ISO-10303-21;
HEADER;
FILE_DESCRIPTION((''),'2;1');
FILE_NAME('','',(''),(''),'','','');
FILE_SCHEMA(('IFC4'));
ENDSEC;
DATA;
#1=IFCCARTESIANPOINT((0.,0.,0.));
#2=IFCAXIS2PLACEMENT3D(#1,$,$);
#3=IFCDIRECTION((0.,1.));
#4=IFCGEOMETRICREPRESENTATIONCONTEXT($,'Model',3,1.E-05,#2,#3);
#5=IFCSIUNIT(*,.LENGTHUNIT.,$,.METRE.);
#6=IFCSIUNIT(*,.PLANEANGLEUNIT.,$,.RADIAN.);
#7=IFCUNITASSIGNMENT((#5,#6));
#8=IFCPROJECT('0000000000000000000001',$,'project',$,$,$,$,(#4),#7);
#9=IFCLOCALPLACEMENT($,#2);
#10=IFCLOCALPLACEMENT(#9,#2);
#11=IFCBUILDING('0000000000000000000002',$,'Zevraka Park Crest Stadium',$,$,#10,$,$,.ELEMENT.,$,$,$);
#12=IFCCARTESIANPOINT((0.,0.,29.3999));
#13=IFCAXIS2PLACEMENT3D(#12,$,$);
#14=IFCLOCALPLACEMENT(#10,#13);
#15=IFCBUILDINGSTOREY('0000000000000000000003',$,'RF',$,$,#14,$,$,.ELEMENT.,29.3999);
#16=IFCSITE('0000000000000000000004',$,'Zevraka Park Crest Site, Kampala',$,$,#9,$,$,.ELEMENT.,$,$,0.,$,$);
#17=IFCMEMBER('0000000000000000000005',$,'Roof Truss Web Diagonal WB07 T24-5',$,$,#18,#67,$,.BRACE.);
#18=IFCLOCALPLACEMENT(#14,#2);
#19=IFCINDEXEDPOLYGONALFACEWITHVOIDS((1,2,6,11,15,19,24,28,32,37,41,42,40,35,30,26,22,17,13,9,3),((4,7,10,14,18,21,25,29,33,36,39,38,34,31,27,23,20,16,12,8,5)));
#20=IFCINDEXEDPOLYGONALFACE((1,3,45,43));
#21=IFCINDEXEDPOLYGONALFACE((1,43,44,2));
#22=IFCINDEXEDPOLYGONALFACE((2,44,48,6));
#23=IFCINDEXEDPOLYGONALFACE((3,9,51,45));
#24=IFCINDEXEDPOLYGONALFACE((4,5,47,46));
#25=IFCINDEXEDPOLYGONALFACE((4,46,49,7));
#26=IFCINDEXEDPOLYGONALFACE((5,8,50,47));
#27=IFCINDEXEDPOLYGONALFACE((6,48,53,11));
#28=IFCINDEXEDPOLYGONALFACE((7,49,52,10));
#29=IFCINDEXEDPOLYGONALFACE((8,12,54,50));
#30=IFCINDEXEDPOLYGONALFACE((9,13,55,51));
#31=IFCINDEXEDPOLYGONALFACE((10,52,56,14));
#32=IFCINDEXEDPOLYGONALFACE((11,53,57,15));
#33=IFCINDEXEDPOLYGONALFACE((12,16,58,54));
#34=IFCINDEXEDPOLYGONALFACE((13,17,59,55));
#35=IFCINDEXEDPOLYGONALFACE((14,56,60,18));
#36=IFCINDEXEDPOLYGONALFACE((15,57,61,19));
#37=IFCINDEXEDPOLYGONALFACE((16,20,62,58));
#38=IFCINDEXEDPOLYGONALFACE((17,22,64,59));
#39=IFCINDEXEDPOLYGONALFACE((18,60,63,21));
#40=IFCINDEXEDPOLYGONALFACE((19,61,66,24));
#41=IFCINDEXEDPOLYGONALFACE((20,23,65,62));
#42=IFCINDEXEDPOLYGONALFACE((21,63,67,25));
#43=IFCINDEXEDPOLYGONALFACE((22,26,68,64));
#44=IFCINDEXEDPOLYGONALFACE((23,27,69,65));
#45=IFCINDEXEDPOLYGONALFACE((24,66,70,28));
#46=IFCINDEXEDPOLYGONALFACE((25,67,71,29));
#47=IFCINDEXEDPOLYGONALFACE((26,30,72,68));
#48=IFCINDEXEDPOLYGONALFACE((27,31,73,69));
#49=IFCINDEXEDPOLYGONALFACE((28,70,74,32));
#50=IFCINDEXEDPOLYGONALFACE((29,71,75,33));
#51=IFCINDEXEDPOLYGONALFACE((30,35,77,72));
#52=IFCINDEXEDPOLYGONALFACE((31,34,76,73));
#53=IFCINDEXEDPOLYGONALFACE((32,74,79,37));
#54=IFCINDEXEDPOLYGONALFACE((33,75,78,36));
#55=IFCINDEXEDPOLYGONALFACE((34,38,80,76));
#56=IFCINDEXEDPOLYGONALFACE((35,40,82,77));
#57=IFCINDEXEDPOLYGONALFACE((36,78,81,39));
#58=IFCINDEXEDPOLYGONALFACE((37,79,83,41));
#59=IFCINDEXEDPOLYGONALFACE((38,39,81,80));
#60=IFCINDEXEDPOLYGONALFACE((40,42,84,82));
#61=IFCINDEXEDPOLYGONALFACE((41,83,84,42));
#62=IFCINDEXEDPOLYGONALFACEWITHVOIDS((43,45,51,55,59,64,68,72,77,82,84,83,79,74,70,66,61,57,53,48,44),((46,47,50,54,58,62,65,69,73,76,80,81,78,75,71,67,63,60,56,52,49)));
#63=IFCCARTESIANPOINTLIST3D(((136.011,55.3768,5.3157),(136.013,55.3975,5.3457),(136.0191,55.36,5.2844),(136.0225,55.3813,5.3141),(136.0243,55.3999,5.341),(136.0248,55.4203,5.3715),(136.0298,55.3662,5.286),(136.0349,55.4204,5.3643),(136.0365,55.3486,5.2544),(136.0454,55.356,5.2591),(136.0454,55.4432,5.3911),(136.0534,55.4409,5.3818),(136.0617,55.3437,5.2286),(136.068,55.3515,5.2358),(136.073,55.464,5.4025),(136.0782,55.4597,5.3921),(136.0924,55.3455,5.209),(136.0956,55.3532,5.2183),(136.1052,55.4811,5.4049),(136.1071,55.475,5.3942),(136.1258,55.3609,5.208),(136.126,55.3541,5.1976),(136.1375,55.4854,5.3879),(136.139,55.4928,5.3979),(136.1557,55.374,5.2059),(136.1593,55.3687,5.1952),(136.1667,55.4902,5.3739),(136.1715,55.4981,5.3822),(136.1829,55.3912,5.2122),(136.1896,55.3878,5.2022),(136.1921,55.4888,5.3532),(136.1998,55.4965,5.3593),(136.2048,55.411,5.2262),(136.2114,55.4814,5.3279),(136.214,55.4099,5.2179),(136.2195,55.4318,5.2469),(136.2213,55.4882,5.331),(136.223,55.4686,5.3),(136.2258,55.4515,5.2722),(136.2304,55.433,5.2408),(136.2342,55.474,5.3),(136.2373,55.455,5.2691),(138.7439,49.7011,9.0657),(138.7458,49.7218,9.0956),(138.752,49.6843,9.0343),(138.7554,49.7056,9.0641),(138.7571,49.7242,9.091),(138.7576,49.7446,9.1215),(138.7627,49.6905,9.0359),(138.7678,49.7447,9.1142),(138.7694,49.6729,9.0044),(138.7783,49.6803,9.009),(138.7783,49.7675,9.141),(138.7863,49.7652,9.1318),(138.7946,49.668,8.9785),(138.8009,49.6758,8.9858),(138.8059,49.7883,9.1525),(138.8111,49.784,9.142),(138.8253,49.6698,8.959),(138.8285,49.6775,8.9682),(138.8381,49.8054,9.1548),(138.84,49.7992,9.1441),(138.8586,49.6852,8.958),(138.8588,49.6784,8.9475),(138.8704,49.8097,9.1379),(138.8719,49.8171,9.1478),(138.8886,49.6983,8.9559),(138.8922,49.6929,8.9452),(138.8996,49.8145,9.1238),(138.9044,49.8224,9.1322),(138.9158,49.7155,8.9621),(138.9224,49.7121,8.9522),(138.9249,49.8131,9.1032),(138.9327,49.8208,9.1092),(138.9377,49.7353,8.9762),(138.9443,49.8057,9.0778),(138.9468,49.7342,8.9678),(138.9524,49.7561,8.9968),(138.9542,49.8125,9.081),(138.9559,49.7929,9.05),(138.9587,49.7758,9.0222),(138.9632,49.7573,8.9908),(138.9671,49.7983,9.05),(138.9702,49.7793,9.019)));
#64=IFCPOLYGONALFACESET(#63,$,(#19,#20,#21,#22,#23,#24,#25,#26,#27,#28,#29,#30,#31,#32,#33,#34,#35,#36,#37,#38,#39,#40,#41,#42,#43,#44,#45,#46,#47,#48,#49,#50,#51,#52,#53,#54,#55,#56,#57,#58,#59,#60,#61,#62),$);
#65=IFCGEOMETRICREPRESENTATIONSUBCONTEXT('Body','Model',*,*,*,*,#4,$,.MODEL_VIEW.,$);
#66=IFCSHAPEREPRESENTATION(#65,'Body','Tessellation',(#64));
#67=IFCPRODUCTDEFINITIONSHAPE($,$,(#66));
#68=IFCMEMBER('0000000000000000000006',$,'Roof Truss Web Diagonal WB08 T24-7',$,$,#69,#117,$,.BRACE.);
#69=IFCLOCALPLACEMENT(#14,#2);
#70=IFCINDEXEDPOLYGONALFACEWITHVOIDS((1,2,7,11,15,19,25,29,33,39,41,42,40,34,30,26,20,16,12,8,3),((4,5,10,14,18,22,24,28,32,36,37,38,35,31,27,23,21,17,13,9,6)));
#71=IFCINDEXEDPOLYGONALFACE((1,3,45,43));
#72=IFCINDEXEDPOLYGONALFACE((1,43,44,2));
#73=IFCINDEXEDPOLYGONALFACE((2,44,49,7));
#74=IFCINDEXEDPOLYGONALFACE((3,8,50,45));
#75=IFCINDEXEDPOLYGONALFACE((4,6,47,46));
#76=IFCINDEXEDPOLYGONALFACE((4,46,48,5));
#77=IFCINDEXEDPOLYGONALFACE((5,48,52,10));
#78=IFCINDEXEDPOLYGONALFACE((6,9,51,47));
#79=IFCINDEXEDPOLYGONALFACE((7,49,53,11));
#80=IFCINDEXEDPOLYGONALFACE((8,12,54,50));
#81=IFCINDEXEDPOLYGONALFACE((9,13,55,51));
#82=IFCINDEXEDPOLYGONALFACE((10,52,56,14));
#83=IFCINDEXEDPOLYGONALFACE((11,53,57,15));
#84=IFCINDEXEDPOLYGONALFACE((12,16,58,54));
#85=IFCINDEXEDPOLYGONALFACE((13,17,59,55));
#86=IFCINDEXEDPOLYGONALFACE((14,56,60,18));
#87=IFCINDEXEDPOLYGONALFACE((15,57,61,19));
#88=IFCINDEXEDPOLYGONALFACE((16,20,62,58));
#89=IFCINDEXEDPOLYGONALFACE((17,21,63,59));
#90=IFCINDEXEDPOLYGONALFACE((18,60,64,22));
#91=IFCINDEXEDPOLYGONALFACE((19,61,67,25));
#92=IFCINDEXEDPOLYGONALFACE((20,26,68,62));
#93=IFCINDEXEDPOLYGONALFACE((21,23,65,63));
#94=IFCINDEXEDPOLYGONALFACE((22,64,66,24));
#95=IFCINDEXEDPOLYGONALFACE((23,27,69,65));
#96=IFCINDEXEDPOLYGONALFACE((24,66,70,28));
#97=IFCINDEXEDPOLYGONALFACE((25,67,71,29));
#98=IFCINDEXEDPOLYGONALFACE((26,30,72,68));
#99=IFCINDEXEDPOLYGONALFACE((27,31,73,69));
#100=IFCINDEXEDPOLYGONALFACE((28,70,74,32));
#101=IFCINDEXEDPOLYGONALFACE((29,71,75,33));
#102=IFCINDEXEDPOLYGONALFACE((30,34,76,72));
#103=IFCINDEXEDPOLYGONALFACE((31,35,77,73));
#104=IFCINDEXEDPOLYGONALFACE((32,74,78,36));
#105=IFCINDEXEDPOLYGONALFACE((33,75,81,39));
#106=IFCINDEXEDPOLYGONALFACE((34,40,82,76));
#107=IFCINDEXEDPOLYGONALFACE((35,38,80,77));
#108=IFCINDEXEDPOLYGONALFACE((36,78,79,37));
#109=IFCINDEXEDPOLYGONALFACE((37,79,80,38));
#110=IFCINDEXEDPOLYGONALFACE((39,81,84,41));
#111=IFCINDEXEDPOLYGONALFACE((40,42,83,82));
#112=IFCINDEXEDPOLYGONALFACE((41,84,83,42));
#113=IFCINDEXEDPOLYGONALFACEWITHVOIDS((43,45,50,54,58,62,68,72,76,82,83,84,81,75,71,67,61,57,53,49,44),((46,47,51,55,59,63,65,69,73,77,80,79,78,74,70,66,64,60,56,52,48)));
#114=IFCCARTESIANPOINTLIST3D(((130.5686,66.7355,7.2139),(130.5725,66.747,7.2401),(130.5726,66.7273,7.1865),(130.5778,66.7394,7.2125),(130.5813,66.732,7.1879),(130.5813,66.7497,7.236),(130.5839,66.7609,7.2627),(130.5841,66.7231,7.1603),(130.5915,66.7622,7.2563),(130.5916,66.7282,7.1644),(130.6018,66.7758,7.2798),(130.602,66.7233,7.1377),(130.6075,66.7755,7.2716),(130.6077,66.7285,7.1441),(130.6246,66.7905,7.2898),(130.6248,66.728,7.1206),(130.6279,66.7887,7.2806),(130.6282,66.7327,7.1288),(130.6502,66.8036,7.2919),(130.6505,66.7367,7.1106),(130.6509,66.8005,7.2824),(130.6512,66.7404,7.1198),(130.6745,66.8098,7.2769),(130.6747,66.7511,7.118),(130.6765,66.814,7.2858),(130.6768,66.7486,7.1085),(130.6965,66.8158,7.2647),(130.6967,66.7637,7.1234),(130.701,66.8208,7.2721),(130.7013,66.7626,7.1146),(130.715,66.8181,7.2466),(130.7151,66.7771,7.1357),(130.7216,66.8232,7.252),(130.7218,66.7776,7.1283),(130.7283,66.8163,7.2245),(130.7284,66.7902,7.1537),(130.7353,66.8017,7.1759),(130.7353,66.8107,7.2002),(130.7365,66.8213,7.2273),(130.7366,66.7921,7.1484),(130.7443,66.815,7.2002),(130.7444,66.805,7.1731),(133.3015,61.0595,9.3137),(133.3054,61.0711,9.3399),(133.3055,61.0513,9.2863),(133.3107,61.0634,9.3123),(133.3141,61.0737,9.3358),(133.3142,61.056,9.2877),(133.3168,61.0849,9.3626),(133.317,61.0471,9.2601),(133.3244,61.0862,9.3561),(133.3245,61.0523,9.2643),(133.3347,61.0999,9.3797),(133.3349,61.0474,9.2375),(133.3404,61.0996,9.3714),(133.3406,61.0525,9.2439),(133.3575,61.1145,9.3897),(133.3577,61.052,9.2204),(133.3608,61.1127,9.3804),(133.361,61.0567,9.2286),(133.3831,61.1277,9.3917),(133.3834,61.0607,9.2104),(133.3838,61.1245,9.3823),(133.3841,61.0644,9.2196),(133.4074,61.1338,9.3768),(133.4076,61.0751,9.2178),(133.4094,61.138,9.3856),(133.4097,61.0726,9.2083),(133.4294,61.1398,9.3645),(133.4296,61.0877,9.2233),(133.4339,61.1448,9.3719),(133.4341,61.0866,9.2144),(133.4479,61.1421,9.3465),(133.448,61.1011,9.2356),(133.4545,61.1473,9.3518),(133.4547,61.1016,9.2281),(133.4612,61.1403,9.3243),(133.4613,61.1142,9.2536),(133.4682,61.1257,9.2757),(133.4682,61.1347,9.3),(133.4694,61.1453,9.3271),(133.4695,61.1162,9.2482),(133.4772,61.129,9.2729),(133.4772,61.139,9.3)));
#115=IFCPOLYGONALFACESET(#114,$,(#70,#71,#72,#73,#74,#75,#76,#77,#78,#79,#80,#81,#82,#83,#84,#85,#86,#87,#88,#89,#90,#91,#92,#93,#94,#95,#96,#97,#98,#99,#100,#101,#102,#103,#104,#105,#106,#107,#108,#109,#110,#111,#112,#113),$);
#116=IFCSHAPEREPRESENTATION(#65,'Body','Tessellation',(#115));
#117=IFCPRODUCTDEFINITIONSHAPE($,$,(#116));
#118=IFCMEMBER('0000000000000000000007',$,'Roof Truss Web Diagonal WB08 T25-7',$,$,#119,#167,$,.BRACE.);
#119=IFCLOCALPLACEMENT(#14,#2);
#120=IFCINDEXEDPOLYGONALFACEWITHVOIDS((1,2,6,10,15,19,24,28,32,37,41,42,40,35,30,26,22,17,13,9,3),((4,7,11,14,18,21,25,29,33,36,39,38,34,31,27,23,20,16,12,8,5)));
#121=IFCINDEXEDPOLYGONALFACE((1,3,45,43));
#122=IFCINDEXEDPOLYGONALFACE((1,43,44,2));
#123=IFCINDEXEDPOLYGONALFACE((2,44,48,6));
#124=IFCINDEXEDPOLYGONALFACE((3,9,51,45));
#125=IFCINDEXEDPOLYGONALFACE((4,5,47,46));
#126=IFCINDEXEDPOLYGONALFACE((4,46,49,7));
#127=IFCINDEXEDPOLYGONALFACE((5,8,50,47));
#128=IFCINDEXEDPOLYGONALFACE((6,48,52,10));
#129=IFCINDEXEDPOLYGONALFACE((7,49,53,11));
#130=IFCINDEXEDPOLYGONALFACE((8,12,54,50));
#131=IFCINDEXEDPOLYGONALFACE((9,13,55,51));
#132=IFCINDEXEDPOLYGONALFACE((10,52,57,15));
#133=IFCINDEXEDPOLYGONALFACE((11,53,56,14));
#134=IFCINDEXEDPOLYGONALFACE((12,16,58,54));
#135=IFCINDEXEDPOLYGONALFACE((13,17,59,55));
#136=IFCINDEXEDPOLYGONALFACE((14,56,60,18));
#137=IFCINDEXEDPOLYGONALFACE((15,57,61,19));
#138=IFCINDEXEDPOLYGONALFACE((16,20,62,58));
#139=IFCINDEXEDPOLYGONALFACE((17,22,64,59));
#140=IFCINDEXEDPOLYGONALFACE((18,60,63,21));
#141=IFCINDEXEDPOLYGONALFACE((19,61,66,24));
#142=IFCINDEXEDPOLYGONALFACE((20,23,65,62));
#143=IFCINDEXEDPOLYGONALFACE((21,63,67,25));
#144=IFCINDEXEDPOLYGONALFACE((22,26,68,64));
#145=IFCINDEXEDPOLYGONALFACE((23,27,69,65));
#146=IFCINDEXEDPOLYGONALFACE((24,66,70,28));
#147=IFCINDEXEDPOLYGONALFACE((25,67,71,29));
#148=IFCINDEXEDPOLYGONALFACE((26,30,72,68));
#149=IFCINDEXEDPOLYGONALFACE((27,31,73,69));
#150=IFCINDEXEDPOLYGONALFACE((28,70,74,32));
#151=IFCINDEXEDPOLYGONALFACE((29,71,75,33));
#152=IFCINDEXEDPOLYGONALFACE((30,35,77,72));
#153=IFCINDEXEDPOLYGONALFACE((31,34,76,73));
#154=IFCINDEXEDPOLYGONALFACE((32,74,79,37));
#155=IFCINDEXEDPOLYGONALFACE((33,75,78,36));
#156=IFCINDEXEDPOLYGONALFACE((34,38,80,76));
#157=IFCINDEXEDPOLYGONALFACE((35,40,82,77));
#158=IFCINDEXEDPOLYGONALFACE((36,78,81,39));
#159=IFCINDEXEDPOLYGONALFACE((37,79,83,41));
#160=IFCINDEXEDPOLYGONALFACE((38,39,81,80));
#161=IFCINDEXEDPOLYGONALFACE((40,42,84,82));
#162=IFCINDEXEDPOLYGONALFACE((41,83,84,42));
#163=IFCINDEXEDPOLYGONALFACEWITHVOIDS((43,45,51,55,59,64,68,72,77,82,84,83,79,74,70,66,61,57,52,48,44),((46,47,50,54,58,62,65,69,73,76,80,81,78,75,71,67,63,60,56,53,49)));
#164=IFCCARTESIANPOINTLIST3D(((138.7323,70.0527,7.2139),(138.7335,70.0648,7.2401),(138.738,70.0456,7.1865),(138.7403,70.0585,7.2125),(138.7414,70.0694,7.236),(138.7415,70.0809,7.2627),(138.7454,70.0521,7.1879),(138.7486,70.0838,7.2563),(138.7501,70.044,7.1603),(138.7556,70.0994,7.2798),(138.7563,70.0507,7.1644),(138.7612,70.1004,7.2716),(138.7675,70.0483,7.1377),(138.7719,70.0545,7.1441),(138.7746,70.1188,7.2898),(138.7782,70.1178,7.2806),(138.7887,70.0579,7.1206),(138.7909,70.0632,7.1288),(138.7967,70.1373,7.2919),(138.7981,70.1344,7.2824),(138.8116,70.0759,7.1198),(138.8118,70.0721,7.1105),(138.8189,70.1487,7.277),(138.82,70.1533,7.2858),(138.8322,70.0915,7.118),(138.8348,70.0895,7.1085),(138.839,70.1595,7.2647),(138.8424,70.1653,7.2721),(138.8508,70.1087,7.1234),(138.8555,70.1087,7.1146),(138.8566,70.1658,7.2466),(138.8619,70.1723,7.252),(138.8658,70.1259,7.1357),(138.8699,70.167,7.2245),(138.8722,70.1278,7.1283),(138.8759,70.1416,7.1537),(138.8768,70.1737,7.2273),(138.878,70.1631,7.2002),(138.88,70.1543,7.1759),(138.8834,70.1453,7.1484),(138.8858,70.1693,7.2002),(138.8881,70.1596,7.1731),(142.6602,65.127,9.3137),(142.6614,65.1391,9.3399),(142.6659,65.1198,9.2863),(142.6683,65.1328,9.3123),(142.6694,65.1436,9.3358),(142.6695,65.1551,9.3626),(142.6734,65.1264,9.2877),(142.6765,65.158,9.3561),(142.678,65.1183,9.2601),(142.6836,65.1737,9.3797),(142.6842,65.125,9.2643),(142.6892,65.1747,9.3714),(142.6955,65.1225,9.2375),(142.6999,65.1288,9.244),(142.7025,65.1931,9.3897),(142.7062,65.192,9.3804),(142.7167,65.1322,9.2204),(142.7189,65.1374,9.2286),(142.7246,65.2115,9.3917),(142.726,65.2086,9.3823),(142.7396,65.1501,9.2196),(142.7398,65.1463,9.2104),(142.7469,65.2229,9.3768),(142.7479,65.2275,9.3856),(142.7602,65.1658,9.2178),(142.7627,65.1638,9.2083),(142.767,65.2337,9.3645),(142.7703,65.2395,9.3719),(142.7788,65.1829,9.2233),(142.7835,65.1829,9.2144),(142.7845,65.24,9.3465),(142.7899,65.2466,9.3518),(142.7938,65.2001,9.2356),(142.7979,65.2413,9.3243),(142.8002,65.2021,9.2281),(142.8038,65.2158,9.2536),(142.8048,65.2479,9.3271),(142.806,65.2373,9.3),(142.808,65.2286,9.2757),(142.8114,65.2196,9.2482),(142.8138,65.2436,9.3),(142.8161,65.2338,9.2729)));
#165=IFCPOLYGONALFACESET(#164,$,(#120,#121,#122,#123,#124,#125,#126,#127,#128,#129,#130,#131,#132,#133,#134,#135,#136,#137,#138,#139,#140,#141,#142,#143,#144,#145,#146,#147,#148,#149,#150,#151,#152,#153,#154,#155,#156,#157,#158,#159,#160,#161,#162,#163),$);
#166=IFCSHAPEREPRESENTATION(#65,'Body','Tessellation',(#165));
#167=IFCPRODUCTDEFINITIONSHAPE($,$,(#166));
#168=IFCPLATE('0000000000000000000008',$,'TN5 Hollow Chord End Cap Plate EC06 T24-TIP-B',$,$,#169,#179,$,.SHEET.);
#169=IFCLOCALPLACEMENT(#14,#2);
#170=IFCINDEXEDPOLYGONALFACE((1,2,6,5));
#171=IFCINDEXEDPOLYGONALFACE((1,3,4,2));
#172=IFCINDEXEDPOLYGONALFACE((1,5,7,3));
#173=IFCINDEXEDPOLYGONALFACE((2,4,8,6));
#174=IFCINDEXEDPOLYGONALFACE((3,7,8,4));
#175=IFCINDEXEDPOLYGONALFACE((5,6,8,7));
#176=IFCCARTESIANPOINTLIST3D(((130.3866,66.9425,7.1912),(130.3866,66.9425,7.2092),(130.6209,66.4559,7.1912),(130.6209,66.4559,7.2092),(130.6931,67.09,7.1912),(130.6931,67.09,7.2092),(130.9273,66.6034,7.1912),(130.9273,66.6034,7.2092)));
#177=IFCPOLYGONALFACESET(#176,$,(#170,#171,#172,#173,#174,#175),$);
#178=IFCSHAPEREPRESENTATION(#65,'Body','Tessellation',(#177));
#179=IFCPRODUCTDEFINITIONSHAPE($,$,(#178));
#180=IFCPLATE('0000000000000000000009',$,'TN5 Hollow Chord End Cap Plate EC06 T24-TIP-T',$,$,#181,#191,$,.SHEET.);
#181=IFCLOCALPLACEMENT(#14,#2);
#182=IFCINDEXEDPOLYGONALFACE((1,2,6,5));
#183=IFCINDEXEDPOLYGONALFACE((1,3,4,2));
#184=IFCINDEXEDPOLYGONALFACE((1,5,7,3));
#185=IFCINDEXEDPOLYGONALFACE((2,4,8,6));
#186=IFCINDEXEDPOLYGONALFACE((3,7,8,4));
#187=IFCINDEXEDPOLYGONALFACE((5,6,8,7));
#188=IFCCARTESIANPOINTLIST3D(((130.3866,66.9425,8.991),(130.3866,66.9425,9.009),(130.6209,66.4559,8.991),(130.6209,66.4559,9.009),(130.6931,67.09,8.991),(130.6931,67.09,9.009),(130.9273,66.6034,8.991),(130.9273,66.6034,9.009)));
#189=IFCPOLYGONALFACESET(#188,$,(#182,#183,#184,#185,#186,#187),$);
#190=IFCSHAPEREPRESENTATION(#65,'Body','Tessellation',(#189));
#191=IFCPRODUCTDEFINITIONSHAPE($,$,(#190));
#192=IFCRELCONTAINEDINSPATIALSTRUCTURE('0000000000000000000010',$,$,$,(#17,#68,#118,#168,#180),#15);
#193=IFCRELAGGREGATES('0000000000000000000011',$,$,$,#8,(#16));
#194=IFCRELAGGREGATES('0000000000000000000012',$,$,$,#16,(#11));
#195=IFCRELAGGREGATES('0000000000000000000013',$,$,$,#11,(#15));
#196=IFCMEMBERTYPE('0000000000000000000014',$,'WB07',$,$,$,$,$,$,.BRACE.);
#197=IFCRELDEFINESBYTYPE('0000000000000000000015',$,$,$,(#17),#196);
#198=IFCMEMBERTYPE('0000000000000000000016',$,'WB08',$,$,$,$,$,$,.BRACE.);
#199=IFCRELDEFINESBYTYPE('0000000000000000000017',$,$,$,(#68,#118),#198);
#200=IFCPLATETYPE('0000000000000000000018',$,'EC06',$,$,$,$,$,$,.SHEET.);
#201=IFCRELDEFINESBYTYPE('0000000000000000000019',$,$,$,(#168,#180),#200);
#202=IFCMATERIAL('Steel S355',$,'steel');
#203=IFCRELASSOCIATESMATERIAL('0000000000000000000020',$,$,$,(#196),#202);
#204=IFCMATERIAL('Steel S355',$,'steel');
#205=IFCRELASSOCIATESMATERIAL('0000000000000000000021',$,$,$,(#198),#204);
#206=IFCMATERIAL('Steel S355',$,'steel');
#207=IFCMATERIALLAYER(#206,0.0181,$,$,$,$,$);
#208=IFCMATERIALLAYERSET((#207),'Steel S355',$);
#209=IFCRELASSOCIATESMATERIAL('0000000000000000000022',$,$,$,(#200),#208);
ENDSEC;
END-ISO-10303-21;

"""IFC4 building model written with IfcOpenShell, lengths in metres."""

from ifc_helpers import new_model, si_unit, direction, frame, origin, origin_2d, place, context, subcontext, project, spatial, rectangle, hollow_circle, extrude, material, layer, layer_set, material_profile, profile_set, type_object, element, save


model = new_model("IFC4")

# Units and contexts
model_context = context("Model", 3, precision=1e-05, world=origin(), true_north=direction((0.0, 1.0)))
body_context = subcontext(model_context, "Body", "Model", "MODEL_VIEW")
ifc_project = project(units=[si_unit("LENGTHUNIT", "METRE"), si_unit("PLANEANGLEUNIT", "RADIAN")], contexts=[model_context])

# Site, building, storey
site_placement = place(None, origin())
site = spatial("IfcSite", under=ifc_project, at=site_placement, Name="Zevraka Park Crest Site, Kampala", CompositionType="ELEMENT", RefElevation=0.0)
building_placement = place(site_placement, origin())
building = spatial("IfcBuilding", under=site, at=building_placement, Name="Zevraka Park Crest Stadium", CompositionType="ELEMENT")
storey_placement = place(building_placement, frame((0.0, 0.0, 29.3999)))
storey = spatial("IfcBuildingStorey", under=building, at=storey_placement, Name="RF", CompositionType="ELEMENT", Elevation=29.3999)

# Members
ifc_material_1 = material(Name="Steel S355", Category="steel")
ifc_material_profile_1 = material_profile(ifc_material_1, hollow_circle(Radius=0.1223, WallThickness=0.0125, at=origin_2d()), Name="CHS 244.5x12.5")
ifc_profile_set_1 = profile_set([ifc_material_profile_1], Name="Steel S355")
member_type_1 = type_object("IfcMemberType", Name="WB07", PredefinedType="BRACE", material=ifc_profile_set_1)
member_1_placement = place(storey_placement, frame((136.124, 55.4209, 5.3), z_axis=(0.37278, -0.7742, 0.511516), x_axis=(0.900994, 0.433832, 0.0)))
element("IfcMember", 1, at=member_1_placement, inside=storey, type_object=member_type_1, Name="Roof Truss Web Diagonal WB07 T24-5", PredefinedType="BRACE", context=body_context, shape_type="SweptSolid", body=[
    extrude(hollow_circle(Radius=0.1223, WallThickness=0.0125, at=origin_2d()), origin(), (0.0, 0.0, 1.0), 7.3311),
])
ifc_material_2 = material(Name="Steel S355", Category="steel")
ifc_material_profile_2 = material_profile(ifc_material_2, hollow_circle(Radius=0.0969, WallThickness=0.01, at=origin_2d()), Name="CHS 193.7x10")
ifc_profile_set_2 = profile_set([ifc_material_profile_2], Name="Steel S355")
member_type_2 = type_object("IfcMemberType", Name="WB08", PredefinedType="BRACE", material=ifc_profile_set_2)
member_2_placement = place(storey_placement, frame((130.657, 66.7729, 7.2002), z_axis=(0.411556, -0.854766, 0.316222), x_axis=(0.901001, 0.433817, 0.0)))
element("IfcMember", 2, at=member_2_placement, inside=storey, type_object=member_type_2, Name="Roof Truss Web Diagonal WB08 T24-7", PredefinedType="BRACE", context=body_context, shape_type="SweptSolid", body=[
    extrude(hollow_circle(Radius=0.0969, WallThickness=0.01, at=origin_2d()), origin(), (0.0, 0.0, 1.0), 6.6404),
])
member_3_placement = place(storey_placement, frame((138.8101, 70.1089, 7.2002), z_axis=(0.591482, -0.741733, 0.3162), x_axis=(0.781847, 0.62347, 0.0)))
element("IfcMember", 3, at=member_3_placement, inside=storey, type_object=member_type_2, Name="Roof Truss Web Diagonal WB08 T25-7", PredefinedType="BRACE", context=body_context, shape_type="SweptSolid", body=[
    extrude(hollow_circle(Radius=0.0969, WallThickness=0.01, at=origin_2d()), origin(), (0.0, 0.0, 1.0), 6.6409),
])

# Plates
ifc_material_3 = material(Name="Steel S355", Category="steel")
ifc_layer_1 = layer(ifc_material_3, 0.0181)
ifc_layer_set_1 = layer_set([ifc_layer_1], Name="Steel S355")
plate_type_1 = type_object("IfcPlateType", Name="EC06", PredefinedType="SHEET", material=ifc_layer_set_1)
for number, where, z_axis, x_axis, name in (
    (4, (130.657, 66.7729, 7.1912), (0.0, 0.0, 1.0), (-0.433816, 0.901001, 0.0), "TN5 Hollow Chord End Cap Plate EC06 T24-TIP-B"),
    (5, (130.657, 66.7729, 8.991), (0.0, 0.0, 1.0), (-0.433816, 0.901001, 0.0), "TN5 Hollow Chord End Cap Plate EC06 T24-TIP-T"),
):
    element("IfcPlate", number, at=place(storey_placement, frame(where, z_axis=z_axis, x_axis=x_axis)), inside=storey, type_object=plate_type_1, Name=name, PredefinedType="SHEET", context=body_context, shape_type="SweptSolid", body=[
        extrude(rectangle(XDim=0.54, YDim=0.3401, at=origin_2d()), origin(), (0.0, 0.0, 1.0), 0.0181),
    ])

save(model, "model.ifc")
